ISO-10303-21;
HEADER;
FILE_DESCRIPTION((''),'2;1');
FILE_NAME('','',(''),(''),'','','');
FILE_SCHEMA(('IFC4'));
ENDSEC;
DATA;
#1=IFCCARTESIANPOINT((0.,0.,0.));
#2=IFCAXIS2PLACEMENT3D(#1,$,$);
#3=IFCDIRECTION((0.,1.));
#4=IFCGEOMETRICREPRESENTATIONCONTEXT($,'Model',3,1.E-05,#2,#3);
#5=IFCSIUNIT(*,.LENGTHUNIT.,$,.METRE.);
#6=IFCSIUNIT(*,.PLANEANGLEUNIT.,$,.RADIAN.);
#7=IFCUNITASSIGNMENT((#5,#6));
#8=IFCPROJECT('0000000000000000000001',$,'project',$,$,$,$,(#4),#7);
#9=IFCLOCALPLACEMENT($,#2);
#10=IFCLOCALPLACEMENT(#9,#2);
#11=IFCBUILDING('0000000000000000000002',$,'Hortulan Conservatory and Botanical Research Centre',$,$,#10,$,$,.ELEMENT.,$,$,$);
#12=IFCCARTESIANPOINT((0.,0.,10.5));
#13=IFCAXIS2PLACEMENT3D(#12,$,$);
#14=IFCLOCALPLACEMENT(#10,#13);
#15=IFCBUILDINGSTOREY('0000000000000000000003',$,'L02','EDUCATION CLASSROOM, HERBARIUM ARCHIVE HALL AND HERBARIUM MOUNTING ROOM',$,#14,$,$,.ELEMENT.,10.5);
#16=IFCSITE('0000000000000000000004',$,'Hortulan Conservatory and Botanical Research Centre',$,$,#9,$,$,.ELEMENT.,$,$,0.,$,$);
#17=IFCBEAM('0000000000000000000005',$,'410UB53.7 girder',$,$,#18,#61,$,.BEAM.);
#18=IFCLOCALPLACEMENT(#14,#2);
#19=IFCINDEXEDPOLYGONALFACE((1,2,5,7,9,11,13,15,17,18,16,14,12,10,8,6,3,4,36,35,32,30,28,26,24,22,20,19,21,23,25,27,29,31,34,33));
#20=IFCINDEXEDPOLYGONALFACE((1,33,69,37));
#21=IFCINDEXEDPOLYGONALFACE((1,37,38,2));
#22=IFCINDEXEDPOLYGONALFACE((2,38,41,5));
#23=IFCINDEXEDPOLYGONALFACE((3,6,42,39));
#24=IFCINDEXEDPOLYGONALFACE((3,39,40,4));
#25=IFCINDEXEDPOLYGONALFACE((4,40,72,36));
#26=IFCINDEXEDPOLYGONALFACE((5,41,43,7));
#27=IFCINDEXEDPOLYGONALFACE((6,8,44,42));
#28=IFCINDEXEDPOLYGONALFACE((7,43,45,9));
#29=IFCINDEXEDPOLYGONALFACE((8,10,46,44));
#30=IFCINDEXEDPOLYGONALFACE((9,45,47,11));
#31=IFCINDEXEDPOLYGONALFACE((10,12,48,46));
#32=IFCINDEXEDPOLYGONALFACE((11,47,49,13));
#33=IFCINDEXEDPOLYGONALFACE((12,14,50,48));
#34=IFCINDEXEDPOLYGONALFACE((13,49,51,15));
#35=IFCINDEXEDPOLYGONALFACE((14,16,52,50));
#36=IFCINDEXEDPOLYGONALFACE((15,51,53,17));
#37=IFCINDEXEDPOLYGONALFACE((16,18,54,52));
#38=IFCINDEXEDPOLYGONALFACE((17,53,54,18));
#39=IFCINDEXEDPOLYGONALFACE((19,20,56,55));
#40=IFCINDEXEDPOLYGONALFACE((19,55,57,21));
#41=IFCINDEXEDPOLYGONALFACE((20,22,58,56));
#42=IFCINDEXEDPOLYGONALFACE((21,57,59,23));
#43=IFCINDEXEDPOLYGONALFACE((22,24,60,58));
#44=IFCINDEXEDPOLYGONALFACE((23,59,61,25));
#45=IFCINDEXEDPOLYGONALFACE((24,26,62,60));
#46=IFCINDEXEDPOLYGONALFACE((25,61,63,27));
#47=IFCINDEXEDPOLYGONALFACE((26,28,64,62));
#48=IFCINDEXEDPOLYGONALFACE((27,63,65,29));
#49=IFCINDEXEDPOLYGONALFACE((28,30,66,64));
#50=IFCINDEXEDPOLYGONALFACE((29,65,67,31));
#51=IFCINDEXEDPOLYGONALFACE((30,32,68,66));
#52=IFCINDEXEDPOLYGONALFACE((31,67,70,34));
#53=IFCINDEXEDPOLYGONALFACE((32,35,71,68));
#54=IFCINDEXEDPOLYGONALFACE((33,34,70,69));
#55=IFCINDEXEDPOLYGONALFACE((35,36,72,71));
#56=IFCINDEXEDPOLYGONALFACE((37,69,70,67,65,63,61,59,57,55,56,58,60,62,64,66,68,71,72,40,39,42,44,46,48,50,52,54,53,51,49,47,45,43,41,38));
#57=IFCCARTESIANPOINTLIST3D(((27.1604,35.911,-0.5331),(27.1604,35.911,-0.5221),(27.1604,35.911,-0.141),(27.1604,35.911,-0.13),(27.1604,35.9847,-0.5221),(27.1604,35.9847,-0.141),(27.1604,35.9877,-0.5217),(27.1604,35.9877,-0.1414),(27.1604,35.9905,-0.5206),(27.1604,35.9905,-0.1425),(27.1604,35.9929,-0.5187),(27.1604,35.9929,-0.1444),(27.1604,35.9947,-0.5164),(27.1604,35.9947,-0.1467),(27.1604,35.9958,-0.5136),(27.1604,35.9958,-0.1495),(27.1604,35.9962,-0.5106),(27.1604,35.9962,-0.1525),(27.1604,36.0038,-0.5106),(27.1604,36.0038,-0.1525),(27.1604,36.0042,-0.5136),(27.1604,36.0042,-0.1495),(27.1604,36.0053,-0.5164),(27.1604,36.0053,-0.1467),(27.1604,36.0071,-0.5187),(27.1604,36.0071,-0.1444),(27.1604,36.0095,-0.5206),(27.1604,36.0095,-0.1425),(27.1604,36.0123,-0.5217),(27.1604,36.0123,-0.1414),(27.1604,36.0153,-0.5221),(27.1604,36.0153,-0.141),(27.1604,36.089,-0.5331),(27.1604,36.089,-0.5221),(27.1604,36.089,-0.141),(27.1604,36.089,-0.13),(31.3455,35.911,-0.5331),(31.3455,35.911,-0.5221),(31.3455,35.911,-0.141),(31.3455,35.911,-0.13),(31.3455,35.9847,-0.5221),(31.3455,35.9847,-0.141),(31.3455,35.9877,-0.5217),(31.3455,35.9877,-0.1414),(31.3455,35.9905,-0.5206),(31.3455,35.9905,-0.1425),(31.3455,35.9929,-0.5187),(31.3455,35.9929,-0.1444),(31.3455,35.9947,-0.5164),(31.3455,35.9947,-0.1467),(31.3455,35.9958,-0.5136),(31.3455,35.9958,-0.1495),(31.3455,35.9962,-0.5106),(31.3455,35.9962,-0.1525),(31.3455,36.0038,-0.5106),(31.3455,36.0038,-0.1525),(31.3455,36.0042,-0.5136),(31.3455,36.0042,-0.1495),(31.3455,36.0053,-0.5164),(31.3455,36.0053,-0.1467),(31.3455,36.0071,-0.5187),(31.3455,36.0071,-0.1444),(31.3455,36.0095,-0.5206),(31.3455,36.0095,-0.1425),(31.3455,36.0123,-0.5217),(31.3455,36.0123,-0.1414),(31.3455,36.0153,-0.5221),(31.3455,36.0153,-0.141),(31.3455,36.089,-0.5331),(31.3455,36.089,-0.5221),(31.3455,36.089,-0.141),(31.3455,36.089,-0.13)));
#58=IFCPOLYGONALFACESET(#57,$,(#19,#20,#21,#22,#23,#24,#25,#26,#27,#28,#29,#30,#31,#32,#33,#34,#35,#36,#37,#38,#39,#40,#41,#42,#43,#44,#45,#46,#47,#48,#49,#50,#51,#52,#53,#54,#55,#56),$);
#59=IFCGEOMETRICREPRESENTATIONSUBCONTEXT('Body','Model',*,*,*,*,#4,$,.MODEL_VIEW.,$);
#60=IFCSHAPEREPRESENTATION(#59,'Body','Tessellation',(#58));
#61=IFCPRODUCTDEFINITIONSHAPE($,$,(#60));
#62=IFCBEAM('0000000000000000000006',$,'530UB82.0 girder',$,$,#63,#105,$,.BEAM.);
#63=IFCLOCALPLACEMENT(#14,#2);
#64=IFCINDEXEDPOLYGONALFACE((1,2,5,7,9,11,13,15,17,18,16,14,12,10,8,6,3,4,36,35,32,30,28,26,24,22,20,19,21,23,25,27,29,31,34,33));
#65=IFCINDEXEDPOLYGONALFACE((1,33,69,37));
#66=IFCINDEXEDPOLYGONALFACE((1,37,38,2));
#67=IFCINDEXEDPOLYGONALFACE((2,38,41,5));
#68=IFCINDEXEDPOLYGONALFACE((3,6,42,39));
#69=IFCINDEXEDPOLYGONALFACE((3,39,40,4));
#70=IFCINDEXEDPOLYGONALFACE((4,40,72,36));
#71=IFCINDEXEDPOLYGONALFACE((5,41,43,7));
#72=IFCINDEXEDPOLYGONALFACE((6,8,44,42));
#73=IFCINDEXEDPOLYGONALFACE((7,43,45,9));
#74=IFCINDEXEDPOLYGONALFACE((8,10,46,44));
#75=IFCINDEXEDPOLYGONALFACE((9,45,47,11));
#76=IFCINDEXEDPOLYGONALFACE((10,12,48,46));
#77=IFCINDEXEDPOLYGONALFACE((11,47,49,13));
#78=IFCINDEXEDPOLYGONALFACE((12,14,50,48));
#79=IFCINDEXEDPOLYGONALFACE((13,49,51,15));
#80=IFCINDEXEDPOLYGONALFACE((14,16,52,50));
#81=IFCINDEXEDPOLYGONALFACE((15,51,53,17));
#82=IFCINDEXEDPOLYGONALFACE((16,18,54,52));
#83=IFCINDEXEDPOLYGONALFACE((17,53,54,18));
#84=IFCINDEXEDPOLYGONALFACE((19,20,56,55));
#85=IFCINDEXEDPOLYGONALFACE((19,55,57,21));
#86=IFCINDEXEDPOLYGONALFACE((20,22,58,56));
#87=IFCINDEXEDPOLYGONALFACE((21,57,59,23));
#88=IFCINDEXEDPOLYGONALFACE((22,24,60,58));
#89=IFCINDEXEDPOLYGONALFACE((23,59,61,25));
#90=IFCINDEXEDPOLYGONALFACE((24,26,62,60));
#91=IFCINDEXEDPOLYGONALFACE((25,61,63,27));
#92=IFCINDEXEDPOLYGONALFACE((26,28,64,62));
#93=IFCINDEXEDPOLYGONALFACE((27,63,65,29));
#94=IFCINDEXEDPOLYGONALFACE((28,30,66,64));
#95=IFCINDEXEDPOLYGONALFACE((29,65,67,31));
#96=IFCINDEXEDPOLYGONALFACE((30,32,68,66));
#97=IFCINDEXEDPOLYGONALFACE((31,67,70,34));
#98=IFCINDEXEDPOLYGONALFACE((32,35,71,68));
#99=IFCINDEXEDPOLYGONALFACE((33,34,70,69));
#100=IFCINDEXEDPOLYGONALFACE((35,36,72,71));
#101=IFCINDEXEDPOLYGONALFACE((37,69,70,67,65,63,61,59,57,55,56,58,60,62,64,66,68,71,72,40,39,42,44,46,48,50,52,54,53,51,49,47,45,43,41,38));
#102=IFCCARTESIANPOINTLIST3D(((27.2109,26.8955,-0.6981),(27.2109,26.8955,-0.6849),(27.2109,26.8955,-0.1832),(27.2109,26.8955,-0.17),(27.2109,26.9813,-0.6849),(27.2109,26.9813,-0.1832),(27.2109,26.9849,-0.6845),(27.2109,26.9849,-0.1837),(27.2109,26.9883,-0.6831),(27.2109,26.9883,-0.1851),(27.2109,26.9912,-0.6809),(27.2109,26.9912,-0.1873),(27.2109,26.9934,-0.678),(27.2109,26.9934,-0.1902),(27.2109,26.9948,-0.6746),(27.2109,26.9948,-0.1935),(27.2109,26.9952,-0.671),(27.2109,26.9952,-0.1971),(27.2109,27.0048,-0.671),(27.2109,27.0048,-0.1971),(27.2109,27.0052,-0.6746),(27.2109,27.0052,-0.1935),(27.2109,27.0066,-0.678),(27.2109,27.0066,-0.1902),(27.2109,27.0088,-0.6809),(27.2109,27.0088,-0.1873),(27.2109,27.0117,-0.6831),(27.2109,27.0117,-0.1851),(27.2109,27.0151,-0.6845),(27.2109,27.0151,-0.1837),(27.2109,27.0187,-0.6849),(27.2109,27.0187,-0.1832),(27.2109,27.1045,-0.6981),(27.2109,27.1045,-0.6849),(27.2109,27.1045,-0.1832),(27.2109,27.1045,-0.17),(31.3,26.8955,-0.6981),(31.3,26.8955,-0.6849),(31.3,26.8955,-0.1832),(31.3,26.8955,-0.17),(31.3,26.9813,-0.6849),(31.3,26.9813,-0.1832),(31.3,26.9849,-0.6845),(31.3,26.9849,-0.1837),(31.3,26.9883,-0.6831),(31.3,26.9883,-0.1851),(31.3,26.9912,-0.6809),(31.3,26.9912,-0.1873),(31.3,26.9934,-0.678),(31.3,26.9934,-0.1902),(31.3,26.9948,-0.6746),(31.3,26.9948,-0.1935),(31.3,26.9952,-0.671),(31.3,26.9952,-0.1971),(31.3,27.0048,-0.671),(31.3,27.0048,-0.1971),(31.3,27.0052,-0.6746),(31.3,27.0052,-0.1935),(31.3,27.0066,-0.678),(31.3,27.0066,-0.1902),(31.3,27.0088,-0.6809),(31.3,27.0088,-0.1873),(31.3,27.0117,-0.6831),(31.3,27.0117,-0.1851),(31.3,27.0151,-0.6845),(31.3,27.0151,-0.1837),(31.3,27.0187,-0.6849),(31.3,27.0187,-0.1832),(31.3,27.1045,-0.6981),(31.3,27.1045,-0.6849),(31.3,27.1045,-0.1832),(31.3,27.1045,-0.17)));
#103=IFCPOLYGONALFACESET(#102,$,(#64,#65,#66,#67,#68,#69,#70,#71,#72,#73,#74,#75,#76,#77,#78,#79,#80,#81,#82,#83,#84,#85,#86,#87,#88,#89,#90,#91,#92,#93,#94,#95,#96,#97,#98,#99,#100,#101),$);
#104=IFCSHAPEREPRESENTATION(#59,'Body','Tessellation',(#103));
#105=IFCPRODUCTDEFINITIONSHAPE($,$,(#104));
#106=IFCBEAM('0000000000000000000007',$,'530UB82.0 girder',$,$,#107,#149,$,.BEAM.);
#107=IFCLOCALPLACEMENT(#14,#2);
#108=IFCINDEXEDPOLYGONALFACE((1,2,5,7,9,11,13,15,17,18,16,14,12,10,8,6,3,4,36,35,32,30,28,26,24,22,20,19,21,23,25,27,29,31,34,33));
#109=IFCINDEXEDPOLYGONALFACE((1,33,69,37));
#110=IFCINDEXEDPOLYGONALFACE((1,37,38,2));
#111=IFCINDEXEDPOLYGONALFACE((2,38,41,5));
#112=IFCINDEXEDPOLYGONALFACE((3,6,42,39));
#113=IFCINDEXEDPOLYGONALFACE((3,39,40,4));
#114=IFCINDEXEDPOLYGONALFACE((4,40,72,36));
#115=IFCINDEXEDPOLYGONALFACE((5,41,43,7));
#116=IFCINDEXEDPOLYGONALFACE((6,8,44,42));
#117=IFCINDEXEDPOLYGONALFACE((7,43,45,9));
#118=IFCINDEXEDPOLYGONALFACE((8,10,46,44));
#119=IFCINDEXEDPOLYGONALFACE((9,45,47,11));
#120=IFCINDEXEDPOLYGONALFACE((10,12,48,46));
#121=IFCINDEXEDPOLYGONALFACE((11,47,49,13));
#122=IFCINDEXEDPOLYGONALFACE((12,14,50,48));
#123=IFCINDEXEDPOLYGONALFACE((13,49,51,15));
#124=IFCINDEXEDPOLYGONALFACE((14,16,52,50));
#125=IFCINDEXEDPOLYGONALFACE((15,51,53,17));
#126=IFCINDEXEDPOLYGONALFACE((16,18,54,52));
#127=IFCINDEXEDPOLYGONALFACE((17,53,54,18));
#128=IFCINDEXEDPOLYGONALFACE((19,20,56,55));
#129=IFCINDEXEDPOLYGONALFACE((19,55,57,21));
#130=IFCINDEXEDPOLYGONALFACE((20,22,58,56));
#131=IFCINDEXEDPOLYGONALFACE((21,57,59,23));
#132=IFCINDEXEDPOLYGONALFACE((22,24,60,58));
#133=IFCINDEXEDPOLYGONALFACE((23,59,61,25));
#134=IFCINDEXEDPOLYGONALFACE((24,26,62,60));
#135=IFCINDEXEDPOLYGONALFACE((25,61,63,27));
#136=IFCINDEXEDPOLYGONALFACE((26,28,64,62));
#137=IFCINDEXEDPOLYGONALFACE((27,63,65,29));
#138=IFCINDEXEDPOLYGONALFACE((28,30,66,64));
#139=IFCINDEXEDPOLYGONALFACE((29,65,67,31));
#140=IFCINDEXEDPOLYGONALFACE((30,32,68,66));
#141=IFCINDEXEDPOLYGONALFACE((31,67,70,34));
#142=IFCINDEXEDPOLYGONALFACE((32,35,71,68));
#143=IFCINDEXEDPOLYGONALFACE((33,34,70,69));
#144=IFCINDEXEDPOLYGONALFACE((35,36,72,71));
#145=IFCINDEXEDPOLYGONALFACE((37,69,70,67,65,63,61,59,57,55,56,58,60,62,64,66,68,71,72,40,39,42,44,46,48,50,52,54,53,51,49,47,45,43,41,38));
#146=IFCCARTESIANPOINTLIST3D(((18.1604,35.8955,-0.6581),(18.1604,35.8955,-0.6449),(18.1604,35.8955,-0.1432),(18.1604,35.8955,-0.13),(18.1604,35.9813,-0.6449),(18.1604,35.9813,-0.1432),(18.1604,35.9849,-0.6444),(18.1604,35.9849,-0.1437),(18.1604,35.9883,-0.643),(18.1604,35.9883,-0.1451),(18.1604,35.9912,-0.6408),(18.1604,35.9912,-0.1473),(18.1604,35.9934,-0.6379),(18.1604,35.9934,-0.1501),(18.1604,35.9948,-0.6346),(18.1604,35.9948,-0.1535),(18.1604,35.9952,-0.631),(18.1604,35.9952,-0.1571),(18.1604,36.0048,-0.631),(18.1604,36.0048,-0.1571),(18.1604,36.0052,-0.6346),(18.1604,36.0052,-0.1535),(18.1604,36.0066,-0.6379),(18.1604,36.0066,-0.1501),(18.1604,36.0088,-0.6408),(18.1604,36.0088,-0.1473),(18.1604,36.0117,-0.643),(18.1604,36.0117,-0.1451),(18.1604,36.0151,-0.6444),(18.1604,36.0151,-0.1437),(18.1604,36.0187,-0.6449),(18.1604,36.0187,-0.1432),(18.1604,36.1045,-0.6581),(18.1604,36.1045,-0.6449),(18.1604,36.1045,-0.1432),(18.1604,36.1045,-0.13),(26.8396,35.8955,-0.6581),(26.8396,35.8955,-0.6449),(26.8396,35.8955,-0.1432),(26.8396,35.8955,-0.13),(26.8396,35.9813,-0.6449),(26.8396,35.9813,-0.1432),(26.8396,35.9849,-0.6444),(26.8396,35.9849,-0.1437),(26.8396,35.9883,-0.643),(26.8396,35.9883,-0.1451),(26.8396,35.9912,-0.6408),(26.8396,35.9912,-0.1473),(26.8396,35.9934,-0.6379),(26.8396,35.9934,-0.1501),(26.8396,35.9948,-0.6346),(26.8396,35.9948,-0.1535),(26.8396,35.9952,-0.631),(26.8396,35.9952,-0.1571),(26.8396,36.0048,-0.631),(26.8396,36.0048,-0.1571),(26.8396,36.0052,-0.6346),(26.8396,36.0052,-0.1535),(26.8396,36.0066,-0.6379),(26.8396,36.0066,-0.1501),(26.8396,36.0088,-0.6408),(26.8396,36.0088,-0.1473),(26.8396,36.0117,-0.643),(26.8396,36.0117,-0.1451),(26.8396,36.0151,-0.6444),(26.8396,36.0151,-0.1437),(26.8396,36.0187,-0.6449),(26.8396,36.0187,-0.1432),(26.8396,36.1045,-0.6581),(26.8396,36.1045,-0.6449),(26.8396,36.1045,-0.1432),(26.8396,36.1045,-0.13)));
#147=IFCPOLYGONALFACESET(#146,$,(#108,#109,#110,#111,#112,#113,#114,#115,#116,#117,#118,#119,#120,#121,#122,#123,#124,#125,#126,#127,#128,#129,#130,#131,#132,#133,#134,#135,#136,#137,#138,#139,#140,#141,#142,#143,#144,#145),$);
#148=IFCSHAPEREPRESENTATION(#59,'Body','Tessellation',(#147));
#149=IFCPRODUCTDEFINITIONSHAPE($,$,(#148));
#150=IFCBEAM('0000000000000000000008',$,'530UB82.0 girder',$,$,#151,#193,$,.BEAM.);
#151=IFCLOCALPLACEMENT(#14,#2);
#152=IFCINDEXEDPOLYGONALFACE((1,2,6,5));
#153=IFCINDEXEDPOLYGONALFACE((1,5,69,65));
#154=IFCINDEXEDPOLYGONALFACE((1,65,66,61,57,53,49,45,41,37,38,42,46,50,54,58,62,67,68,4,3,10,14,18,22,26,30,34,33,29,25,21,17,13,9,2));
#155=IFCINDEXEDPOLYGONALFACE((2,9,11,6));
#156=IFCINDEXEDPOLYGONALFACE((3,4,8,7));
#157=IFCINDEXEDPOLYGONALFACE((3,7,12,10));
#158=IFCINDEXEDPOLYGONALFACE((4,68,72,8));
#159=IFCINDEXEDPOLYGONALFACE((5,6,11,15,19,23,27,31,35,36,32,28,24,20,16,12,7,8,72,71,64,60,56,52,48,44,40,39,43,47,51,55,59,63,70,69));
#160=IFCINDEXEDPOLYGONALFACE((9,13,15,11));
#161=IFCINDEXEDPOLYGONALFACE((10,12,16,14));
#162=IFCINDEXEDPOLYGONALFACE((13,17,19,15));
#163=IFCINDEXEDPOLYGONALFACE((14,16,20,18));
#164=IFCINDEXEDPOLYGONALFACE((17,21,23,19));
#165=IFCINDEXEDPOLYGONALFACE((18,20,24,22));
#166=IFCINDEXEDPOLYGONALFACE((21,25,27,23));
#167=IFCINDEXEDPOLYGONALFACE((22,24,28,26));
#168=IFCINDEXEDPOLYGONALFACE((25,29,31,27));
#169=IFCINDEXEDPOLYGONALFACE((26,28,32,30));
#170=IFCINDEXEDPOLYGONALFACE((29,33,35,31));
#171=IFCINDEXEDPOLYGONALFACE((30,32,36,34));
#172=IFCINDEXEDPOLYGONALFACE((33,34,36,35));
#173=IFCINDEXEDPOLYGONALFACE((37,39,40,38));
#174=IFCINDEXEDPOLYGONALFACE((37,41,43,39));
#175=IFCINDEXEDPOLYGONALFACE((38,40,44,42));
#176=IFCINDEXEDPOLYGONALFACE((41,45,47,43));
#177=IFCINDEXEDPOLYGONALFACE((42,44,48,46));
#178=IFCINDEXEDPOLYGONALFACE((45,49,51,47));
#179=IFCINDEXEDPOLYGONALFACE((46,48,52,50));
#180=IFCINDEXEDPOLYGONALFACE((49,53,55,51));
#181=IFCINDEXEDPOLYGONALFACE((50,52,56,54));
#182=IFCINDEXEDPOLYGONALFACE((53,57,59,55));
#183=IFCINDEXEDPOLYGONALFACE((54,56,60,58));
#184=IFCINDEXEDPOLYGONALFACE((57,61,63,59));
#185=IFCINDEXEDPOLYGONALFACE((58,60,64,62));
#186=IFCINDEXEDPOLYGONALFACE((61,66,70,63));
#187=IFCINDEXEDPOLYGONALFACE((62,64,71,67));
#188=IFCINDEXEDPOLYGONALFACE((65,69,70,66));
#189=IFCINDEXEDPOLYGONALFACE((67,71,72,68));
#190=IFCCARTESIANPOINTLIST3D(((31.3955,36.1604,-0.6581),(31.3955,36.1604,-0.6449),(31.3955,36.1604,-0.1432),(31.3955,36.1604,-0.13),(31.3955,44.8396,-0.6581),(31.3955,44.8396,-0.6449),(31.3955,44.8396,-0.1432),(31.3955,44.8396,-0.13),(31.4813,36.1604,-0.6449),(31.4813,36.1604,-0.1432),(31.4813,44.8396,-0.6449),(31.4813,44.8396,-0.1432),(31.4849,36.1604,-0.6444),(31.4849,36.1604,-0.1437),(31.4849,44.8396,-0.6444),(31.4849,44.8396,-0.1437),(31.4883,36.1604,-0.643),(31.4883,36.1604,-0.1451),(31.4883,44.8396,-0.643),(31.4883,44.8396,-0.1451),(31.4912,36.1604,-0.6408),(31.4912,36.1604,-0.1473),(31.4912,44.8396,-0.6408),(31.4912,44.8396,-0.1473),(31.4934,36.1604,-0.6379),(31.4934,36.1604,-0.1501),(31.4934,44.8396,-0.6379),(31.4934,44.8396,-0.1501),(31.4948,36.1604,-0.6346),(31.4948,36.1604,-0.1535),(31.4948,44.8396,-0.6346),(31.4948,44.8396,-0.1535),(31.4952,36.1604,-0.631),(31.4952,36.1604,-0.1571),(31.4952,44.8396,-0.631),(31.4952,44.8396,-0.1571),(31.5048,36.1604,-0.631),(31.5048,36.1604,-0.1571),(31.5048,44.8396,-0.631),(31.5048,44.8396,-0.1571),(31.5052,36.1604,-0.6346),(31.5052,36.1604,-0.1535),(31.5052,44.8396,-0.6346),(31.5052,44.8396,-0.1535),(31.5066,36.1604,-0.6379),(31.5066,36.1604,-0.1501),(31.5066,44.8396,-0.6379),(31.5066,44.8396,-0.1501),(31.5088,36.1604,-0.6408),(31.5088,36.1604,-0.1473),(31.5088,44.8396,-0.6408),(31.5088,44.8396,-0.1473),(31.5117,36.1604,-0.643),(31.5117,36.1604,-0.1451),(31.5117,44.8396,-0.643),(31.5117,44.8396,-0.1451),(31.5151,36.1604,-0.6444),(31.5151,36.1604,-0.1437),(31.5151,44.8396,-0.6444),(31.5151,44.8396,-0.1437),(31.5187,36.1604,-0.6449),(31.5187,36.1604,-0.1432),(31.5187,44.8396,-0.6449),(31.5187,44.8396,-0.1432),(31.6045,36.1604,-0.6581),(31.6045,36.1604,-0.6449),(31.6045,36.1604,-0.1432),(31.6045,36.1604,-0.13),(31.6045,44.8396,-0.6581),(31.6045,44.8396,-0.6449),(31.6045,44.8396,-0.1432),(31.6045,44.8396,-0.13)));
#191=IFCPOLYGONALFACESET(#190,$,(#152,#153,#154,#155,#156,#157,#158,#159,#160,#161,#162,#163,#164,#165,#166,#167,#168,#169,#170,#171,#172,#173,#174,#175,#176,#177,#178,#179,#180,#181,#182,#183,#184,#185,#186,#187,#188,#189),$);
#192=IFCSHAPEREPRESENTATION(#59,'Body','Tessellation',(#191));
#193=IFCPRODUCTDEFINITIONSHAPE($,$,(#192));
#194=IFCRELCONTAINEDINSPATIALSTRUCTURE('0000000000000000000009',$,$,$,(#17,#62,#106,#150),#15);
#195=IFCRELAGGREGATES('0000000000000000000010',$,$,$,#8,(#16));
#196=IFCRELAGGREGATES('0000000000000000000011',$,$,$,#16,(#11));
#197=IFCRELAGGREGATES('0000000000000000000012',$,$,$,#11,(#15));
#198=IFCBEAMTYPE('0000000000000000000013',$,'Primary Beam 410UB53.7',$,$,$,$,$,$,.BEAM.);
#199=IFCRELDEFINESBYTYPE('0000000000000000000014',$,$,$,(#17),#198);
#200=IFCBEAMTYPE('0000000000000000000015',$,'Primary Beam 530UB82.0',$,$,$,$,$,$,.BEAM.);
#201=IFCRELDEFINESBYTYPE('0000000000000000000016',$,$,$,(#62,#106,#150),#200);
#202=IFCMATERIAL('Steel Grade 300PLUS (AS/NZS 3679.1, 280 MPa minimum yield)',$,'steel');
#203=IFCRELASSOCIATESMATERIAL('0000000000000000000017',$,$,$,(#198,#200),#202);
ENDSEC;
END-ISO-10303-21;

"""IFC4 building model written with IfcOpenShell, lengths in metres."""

from ifc_helpers import new_model, si_unit, direction, frame, origin, origin_2d, place, context, subcontext, project, spatial, i_section, extrude, material, material_profile, profile_set, type_object, element, save


model = new_model("IFC4")

# Units and contexts
model_context = context("Model", 3, precision=1e-05, world=origin(), true_north=direction((0.0, 1.0)))
body_context = subcontext(model_context, "Body", "Model", "MODEL_VIEW")
ifc_project = project(units=[si_unit("LENGTHUNIT", "METRE"), si_unit("PLANEANGLEUNIT", "RADIAN")], contexts=[model_context])

# Site, building, storey
site_placement = place(None, origin())
site = spatial("IfcSite", under=ifc_project, at=site_placement, Name="Hortulan Conservatory and Botanical Research Centre", CompositionType="ELEMENT", RefElevation=0.0)
building_placement = place(site_placement, origin())
building = spatial("IfcBuilding", under=site, at=building_placement, Name="Hortulan Conservatory and Botanical Research Centre", CompositionType="ELEMENT")
storey_placement = place(building_placement, frame((0.0, 0.0, 10.5)))
storey = spatial("IfcBuildingStorey", under=building, at=storey_placement, Name="L02", Description="EDUCATION CLASSROOM, HERBARIUM ARCHIVE HALL AND HERBARIUM MOUNTING ROOM", CompositionType="ELEMENT", Elevation=10.5)

# Shared definitions
ifc_material_1 = material(Name="Steel Grade 300PLUS (AS/NZS 3679.1, 280 MPa minimum yield)", Category="steel")

# Beams
ifc_material_profile_1 = material_profile(ifc_material_1, i_section(OverallWidth=0.178, OverallDepth=0.4031, WebThickness=0.0076, FlangeThickness=0.011, FilletRadius=0.0115, at=origin_2d()), Name="410UB53.7")
ifc_profile_set_1 = profile_set([ifc_material_profile_1], Name="Steel Grade 300PLUS (AS/NZS 3679.1, 280 MPa minimum yield)")
beam_type_1 = type_object("IfcBeamType", Name="Primary Beam 410UB53.7", PredefinedType="BEAM", material=ifc_profile_set_1)
beam_1_placement = place(storey_placement, frame((27.1604, 36.0, -0.3315), z_axis=(1.0, 0.0, 0.0), x_axis=(0.0, 1.0, 0.0)))
element("IfcBeam", 1, at=beam_1_placement, inside=storey, type_object=beam_type_1, Name="410UB53.7 girder", PredefinedType="BEAM", context=body_context, shape_type="SweptSolid", body=[
    extrude(i_section(OverallWidth=0.178, OverallDepth=0.4031, WebThickness=0.0076, FlangeThickness=0.011, FilletRadius=0.0115, at=origin_2d()), origin(), (0.0, 0.0, 1.0), 4.1851),
])
ifc_material_profile_2 = material_profile(ifc_material_1, i_section(OverallWidth=0.209, OverallDepth=0.5281, WebThickness=0.0095, FlangeThickness=0.0132, FilletRadius=0.0139, at=origin_2d()), Name="530UB82.0")
ifc_profile_set_2 = profile_set([ifc_material_profile_2], Name="Steel Grade 300PLUS (AS/NZS 3679.1, 280 MPa minimum yield)")
beam_type_2 = type_object("IfcBeamType", Name="Primary Beam 530UB82.0", PredefinedType="BEAM", material=ifc_profile_set_2)
beam_2_placement = place(storey_placement, frame((27.2109, 27.0, -0.4341), z_axis=(1.0, 0.0, 0.0), x_axis=(0.0, 1.0, 0.0)))
element("IfcBeam", 2, at=beam_2_placement, inside=storey, type_object=beam_type_2, Name="530UB82.0 girder", PredefinedType="BEAM", context=body_context, shape_type="SweptSolid", body=[
    extrude(i_section(OverallWidth=0.209, OverallDepth=0.5281, WebThickness=0.0095, FlangeThickness=0.0132, FilletRadius=0.0139, at=origin_2d()), origin(), (0.0, 0.0, 1.0), 4.0891),
])
for number, where, z_axis, x_axis, name in (
    (3, (18.1604, 36.0, -0.394), (1.0, 0.0, 0.0), (0.0, 1.0, 0.0), "530UB82.0 girder"),
    (4, (31.5, 36.1604, -0.394), (0.0, 1.0, 0.0), (-1.0, 0.0, 0.0), "530UB82.0 girder"),
):
    element("IfcBeam", number, at=place(storey_placement, frame(where, z_axis=z_axis, x_axis=x_axis)), inside=storey, type_object=beam_type_2, Name=name, PredefinedType="BEAM", context=body_context, shape_type="SweptSolid", body=[
        extrude(i_section(OverallWidth=0.209, OverallDepth=0.5281, WebThickness=0.0095, FlangeThickness=0.0132, FilletRadius=0.0139, at=origin_2d()), origin(), (0.0, 0.0, 1.0), 8.6792),
    ])

save(model, "model.ifc")
